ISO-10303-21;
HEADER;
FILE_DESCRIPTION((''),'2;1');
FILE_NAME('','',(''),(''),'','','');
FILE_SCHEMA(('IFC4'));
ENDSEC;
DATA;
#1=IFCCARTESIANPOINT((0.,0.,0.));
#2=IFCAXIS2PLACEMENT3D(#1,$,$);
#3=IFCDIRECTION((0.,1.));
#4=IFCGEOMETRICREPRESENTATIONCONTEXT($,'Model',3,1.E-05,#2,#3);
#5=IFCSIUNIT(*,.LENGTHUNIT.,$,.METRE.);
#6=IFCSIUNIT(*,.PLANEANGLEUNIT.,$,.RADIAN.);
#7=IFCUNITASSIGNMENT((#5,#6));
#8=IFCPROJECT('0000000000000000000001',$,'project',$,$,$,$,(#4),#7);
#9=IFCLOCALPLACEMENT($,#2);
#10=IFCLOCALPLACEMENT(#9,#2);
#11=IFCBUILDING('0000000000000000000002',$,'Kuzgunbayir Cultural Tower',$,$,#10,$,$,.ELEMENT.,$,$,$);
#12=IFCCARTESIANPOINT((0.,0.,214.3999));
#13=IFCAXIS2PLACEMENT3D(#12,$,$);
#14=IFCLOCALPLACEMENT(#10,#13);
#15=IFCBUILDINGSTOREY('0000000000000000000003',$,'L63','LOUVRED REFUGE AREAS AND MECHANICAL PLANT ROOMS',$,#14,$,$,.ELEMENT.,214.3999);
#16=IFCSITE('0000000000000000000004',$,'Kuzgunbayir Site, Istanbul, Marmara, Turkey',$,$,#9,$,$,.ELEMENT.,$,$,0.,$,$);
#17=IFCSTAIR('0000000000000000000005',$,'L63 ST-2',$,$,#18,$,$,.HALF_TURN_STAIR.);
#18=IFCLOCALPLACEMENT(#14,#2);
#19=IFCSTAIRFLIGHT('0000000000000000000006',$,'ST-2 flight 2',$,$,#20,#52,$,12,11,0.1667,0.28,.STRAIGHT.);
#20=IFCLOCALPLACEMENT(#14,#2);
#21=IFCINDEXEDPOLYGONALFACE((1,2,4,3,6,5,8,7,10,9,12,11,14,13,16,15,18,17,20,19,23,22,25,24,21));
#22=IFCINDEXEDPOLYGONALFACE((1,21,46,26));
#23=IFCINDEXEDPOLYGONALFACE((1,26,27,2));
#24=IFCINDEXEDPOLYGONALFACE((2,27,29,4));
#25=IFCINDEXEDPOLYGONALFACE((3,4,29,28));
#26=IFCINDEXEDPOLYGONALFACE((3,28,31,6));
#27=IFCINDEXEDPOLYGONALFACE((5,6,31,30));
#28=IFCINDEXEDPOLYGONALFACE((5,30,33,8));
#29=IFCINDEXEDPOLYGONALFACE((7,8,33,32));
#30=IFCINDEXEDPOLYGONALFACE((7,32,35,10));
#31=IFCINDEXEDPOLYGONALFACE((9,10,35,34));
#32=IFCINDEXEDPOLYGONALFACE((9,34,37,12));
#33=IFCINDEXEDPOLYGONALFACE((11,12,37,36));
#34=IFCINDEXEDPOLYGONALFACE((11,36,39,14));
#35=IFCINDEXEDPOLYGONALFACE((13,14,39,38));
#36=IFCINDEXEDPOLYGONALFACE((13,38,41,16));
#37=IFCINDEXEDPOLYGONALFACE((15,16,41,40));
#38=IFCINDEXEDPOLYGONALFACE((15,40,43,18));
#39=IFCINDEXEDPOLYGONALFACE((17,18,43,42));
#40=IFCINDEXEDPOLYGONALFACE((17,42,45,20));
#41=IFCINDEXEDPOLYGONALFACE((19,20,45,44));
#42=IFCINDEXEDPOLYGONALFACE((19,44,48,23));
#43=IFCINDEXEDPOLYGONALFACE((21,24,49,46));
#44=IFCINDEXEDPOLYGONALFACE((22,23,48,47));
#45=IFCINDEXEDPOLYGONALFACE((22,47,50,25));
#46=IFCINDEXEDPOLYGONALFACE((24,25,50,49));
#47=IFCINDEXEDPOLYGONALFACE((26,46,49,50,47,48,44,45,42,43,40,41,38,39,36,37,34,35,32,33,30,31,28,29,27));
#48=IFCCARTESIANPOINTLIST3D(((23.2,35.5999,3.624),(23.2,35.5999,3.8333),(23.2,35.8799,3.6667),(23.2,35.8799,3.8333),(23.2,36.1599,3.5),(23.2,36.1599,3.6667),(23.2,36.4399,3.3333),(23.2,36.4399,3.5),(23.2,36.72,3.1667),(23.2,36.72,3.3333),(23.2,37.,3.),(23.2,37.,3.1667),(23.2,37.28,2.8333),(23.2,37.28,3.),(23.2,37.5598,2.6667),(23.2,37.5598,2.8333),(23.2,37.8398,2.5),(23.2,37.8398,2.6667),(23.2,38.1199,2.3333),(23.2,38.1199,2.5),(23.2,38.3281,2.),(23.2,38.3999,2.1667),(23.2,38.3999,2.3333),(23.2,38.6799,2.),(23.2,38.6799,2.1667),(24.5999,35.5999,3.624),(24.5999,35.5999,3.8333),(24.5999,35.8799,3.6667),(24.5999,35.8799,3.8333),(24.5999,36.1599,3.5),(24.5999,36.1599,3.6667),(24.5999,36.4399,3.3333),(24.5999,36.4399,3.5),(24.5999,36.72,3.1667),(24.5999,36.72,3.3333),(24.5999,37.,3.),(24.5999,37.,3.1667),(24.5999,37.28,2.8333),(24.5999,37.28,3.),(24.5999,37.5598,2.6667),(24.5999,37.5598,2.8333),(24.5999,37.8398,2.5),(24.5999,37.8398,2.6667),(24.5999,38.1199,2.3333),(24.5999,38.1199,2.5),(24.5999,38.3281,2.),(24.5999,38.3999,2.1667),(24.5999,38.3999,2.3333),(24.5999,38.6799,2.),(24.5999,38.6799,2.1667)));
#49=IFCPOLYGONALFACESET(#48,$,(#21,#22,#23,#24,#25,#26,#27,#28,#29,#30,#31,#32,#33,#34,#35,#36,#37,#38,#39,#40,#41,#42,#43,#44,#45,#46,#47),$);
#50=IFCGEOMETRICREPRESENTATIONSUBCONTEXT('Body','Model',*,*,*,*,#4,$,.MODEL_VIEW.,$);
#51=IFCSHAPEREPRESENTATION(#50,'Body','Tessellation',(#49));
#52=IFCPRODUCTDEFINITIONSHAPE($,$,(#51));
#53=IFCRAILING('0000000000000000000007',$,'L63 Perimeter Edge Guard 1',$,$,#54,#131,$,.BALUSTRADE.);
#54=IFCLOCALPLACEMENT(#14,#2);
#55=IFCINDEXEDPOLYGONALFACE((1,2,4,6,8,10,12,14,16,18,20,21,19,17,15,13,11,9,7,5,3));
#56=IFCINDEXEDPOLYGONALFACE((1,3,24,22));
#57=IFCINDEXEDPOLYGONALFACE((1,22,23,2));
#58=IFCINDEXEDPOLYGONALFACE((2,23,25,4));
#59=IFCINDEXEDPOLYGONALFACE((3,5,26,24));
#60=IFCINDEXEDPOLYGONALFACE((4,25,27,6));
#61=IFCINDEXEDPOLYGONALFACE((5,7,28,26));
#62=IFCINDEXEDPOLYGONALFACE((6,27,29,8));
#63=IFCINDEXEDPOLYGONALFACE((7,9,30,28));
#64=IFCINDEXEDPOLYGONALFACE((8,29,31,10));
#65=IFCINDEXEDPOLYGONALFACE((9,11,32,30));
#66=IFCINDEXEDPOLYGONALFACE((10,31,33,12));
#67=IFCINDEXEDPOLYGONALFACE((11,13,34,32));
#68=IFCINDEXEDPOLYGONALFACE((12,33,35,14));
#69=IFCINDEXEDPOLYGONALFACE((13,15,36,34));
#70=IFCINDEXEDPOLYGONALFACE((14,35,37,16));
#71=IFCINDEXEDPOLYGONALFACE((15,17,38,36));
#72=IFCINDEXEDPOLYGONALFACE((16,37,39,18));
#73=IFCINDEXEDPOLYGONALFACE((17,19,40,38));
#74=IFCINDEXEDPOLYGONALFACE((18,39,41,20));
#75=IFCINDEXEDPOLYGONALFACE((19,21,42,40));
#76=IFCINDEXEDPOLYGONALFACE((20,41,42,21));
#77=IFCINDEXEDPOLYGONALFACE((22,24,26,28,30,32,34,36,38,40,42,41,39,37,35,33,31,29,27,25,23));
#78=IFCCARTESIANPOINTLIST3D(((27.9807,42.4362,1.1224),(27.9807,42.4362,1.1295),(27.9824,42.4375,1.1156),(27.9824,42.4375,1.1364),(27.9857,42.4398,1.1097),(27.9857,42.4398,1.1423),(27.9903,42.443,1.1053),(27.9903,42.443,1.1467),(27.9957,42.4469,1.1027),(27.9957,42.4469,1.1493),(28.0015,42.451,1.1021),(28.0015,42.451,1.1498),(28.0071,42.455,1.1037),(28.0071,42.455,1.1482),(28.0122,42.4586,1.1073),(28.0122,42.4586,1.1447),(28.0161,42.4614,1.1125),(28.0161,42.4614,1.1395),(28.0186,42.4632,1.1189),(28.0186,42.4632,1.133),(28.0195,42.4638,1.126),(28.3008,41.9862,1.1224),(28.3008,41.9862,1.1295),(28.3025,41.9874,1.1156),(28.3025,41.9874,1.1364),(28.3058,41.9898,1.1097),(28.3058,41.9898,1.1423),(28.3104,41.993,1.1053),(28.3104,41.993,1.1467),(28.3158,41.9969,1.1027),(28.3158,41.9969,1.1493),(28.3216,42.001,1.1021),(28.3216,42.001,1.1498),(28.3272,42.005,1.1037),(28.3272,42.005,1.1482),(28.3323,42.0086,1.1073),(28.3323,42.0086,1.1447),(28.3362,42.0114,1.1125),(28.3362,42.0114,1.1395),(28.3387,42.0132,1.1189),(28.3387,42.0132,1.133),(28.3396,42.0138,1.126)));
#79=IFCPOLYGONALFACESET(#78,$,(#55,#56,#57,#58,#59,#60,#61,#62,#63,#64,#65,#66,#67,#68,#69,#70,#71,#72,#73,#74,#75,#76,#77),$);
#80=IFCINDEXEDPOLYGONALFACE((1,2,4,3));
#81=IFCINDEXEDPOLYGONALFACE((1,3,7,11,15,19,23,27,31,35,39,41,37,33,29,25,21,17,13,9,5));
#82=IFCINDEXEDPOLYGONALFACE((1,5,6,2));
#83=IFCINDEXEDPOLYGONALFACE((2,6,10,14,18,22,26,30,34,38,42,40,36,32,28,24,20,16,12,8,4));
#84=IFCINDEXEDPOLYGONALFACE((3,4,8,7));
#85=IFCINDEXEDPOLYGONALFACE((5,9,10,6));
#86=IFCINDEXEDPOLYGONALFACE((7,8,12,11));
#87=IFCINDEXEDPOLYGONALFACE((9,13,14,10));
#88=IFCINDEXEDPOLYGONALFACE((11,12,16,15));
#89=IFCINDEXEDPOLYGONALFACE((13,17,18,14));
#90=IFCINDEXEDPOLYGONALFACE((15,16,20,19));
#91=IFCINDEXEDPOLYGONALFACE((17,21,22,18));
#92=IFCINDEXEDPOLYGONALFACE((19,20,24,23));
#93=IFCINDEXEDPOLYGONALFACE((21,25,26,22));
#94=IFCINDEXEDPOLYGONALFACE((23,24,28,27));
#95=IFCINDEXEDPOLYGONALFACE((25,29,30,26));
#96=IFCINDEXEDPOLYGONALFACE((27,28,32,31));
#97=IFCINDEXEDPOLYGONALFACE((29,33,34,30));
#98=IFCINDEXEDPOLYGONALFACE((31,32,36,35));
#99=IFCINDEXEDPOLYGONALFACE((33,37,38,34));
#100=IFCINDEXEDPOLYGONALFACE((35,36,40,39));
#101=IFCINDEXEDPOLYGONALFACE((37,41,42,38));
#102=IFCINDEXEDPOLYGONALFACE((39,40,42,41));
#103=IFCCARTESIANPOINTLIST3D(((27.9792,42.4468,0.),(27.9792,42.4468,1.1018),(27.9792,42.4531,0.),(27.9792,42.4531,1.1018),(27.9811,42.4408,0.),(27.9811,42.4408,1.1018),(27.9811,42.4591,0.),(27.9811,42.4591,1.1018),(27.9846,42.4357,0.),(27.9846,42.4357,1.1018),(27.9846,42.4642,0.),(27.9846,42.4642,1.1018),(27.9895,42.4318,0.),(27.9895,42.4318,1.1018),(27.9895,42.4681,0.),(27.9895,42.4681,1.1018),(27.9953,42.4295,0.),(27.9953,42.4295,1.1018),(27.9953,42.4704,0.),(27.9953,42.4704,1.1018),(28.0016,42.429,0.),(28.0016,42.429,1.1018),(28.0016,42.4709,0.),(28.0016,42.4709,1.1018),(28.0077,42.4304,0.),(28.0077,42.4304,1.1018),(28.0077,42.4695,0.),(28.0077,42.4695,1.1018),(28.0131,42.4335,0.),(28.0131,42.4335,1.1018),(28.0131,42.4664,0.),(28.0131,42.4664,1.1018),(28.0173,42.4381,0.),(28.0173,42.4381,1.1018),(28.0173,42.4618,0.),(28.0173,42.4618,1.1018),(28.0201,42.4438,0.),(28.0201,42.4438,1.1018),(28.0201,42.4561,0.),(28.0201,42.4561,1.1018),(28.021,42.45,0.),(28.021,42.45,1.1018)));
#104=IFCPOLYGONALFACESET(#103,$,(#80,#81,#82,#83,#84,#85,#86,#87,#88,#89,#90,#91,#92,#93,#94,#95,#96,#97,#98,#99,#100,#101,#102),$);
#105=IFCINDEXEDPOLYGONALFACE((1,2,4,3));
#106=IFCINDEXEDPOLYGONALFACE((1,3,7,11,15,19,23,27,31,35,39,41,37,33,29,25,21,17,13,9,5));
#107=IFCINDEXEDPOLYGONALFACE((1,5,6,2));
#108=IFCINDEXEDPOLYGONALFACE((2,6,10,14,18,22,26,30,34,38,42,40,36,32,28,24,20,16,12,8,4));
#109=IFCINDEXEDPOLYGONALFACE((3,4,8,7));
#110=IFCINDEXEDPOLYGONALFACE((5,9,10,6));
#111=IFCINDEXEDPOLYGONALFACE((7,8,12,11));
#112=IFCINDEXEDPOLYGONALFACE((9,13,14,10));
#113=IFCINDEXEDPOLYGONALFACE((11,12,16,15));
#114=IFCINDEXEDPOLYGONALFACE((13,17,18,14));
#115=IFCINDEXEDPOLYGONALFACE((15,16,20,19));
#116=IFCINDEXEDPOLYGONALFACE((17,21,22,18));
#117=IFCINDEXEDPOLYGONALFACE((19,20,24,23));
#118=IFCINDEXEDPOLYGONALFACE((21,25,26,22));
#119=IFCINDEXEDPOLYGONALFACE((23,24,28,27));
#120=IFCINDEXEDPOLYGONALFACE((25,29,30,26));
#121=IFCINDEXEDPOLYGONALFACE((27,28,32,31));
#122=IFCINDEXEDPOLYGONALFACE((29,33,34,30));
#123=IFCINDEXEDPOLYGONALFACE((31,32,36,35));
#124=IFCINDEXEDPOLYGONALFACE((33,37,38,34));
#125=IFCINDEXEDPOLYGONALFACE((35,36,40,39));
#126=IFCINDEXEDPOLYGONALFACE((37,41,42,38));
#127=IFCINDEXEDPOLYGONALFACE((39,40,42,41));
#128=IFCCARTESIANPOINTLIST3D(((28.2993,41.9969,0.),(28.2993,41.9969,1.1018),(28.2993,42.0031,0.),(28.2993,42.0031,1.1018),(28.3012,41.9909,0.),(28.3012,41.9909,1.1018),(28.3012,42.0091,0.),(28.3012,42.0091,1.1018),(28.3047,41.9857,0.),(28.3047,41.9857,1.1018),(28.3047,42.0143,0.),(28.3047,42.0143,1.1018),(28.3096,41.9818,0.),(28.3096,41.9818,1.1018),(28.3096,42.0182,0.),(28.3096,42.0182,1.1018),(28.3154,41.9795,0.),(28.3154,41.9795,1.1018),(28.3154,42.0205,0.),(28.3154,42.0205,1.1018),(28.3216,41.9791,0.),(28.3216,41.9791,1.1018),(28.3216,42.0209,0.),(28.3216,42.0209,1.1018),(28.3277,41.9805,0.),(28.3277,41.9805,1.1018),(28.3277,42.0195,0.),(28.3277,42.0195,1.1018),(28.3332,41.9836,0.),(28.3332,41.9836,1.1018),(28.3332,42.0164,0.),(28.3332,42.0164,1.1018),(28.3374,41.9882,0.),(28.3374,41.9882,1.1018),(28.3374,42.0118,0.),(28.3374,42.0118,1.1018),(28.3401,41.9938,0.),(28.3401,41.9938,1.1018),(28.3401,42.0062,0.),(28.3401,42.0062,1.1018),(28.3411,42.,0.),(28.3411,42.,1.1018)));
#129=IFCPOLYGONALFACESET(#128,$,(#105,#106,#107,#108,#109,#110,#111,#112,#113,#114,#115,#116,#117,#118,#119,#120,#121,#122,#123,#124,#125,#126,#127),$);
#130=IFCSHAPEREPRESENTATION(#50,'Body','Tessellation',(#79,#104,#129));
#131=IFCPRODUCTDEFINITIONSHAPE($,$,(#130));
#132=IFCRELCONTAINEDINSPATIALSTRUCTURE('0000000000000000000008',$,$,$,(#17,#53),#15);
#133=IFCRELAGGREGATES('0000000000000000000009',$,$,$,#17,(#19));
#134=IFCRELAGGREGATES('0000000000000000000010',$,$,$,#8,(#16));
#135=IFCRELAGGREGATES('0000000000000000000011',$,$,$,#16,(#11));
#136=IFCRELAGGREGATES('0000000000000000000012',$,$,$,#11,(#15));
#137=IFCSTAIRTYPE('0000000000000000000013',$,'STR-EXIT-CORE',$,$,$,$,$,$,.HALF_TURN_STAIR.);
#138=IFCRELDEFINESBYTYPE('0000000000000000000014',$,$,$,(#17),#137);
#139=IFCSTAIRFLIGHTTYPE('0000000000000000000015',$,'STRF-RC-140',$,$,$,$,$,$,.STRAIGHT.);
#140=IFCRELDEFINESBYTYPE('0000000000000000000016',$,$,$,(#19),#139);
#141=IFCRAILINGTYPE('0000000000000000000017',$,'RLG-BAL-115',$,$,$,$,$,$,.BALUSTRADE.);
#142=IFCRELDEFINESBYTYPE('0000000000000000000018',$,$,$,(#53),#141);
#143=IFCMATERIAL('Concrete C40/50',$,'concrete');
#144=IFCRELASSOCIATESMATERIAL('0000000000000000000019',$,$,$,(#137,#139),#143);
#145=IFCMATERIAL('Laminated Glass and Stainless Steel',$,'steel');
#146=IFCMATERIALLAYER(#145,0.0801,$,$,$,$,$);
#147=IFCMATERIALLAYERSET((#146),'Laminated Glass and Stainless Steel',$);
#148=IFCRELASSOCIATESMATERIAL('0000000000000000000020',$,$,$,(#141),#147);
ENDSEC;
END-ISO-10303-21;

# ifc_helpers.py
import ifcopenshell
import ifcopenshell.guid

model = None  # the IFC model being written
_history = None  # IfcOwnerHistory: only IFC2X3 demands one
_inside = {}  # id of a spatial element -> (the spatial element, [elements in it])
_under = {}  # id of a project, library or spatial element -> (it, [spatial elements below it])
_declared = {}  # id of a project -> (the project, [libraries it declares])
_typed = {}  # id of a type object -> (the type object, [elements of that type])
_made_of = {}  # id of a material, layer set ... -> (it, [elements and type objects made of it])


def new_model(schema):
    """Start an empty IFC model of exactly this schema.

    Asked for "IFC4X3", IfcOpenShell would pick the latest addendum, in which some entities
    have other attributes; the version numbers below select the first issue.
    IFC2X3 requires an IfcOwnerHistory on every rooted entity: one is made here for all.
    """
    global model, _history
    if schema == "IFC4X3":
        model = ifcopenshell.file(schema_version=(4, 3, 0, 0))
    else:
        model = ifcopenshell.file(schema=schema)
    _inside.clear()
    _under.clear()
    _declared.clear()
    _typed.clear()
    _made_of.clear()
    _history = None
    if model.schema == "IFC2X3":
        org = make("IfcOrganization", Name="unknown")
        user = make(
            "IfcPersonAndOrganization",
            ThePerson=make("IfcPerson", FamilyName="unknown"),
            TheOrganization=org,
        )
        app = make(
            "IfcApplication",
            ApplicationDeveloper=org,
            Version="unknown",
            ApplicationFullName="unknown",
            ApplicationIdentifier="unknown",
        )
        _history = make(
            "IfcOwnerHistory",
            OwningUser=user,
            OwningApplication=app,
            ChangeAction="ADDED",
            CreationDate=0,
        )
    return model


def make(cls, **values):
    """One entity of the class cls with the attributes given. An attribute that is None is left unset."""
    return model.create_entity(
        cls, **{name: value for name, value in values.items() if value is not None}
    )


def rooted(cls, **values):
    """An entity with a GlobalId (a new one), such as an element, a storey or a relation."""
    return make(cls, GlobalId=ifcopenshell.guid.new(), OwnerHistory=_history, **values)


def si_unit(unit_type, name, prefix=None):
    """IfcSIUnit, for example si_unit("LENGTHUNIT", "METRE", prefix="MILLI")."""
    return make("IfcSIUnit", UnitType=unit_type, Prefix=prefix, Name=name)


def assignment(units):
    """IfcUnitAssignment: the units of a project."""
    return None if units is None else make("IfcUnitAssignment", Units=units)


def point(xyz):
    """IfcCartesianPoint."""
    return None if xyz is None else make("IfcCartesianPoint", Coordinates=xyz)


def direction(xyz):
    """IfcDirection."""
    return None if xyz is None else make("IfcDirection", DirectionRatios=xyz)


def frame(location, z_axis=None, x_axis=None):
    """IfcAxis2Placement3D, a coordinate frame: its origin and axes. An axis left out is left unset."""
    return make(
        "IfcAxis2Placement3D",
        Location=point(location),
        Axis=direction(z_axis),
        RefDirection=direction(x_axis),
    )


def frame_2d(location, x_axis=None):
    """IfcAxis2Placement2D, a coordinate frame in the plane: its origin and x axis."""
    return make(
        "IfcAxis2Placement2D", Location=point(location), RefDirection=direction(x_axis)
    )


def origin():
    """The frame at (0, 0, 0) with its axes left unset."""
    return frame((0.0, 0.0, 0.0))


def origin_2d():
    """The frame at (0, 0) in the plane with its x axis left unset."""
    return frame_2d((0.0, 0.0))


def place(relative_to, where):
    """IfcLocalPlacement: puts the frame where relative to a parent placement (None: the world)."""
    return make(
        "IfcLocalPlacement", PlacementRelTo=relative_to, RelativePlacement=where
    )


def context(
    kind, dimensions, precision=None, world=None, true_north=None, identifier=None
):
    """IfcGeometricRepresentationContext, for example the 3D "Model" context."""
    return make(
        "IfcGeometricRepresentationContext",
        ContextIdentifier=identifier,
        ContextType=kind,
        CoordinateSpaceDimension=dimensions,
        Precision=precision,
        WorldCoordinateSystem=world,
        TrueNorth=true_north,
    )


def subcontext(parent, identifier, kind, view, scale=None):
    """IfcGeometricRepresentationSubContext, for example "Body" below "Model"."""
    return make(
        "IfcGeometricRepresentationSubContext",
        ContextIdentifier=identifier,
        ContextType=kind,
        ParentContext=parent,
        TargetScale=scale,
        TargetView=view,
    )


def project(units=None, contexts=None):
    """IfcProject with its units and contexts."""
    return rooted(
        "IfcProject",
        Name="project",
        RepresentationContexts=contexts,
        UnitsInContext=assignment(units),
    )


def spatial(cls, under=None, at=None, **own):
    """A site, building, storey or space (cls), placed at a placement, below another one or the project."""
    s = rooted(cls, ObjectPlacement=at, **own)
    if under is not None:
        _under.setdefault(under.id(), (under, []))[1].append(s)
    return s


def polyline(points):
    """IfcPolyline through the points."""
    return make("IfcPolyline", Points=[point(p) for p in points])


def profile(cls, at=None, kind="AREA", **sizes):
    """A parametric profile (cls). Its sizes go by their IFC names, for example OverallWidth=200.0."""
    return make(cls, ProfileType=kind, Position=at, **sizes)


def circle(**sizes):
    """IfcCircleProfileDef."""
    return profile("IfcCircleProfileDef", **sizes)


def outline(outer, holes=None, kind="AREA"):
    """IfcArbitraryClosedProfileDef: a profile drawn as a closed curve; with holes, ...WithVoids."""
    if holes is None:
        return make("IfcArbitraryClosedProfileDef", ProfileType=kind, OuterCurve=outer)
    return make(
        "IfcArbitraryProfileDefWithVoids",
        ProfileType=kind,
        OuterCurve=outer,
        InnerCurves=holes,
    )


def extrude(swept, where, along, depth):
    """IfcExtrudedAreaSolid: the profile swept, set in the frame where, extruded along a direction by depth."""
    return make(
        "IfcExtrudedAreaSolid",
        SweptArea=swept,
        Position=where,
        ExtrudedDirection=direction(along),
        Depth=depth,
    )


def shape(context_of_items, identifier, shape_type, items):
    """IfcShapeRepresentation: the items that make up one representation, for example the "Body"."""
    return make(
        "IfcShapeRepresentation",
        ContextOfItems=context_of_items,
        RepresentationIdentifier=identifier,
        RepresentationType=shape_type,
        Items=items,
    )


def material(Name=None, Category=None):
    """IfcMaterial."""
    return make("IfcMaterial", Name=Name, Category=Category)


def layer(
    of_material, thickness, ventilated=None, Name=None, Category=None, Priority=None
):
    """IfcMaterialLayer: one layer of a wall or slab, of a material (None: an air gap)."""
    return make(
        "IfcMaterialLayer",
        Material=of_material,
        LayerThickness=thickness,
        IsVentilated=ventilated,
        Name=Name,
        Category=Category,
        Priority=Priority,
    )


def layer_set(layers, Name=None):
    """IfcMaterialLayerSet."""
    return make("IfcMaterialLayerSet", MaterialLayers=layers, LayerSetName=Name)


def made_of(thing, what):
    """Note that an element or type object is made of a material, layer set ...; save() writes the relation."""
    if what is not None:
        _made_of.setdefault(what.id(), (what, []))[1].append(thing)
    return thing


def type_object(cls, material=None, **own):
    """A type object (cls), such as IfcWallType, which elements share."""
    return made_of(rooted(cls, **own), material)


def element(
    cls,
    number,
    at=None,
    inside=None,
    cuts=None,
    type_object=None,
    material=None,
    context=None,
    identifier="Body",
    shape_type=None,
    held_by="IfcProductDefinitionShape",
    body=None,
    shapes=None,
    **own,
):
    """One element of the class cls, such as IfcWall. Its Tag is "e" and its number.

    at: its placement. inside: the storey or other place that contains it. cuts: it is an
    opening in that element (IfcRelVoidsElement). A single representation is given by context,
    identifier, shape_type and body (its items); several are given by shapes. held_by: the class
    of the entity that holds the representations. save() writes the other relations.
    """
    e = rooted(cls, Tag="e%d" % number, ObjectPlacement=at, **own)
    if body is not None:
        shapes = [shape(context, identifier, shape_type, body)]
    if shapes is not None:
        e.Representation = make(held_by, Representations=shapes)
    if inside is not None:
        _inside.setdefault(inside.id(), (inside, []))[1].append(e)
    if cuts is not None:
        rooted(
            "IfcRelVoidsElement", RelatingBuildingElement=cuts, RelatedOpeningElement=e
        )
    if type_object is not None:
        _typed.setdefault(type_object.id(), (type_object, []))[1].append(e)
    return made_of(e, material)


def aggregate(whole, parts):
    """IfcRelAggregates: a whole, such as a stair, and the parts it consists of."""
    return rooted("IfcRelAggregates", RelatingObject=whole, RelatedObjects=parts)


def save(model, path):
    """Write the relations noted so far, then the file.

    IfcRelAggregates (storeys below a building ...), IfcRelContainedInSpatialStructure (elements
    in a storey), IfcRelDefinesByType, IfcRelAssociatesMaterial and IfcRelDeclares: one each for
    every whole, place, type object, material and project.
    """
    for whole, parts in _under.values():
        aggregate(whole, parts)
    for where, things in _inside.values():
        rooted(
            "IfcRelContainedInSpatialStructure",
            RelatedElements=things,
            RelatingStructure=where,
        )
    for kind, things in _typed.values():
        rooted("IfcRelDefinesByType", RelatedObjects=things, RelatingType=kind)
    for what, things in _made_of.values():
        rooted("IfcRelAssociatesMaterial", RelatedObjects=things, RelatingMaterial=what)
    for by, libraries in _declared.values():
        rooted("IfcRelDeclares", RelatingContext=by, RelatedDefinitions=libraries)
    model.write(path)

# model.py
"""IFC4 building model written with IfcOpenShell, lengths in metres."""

from ifc_helpers import new_model, si_unit, direction, frame, origin, origin_2d, place, context, subcontext, project, spatial, polyline, circle, outline, extrude, material, layer, layer_set, type_object, element, aggregate, save


model = new_model("IFC4")

# Units and contexts
model_context = context("Model", 3, precision=1e-05, world=origin(), true_north=direction((0.0, 1.0)))
body_context = subcontext(model_context, "Body", "Model", "MODEL_VIEW")
ifc_project = project(units=[si_unit("LENGTHUNIT", "METRE"), si_unit("PLANEANGLEUNIT", "RADIAN")], contexts=[model_context])

# Site, building, storey
site_placement = place(None, origin())
site = spatial("IfcSite", under=ifc_project, at=site_placement, Name="Kuzgunbayir Site, Istanbul, Marmara, Turkey", CompositionType="ELEMENT", RefElevation=0.0)
building_placement = place(site_placement, origin())
building = spatial("IfcBuilding", under=site, at=building_placement, Name="Kuzgunbayir Cultural Tower", CompositionType="ELEMENT")
storey_placement = place(building_placement, frame((0.0, 0.0, 214.3999)))
storey = spatial("IfcBuildingStorey", under=building, at=storey_placement, Name="L63", Description="LOUVRED REFUGE AREAS AND MECHANICAL PLANT ROOMS", CompositionType="ELEMENT", Elevation=214.3999)

# Shared definitions
ifc_material_1 = material(Name="Concrete C40/50", Category="concrete")

# Stair, stair flight
stair_type = type_object("IfcStairType", Name="STR-EXIT-CORE", PredefinedType="HALF_TURN_STAIR", material=ifc_material_1)
stair_placement = place(storey_placement, origin())
stair = element("IfcStair", 1, at=stair_placement, inside=storey, type_object=stair_type, Name="L63 ST-2", PredefinedType="HALF_TURN_STAIR")
stair_flight_type = type_object("IfcStairFlightType", Name="STRF-RC-140", PredefinedType="STRAIGHT", material=ifc_material_1)
stair_flight_1_placement = place(storey_placement, frame((23.8999, 38.6799, 2.0), z_axis=(0.0, 0.0, 1.0), x_axis=(0.0, -1.0, 0.0)))
stair_flight_1 = element("IfcStairFlight", 2, at=stair_flight_1_placement, type_object=stair_flight_type, Name="ST-2 flight 2", NumberOfRisers=12, NumberOfTreads=11, PredefinedType="STRAIGHT", RiserHeight=0.1667, TreadLength=0.28, context=body_context, shape_type="SweptSolid", body=[
    extrude(outline(polyline([(0.0, 0.0), (0.0, 0.1667), (0.28, 0.1667), (0.28, 0.3333), (0.5601, 0.3333), (0.5601, 0.5), (0.8401, 0.5), (0.8401, 0.6667), (1.1201, 0.6667), (1.1201, 0.8333), (1.3999, 0.8333), (1.3999, 1.0), (1.6799, 1.0), (1.6799, 1.1667), (1.96, 1.1667), (1.96, 1.3333), (2.24, 1.3333), (2.24, 1.5), (2.52, 1.5), (2.52, 1.6667), (2.8, 1.6667), (2.8, 1.8333), (3.0801, 1.8333), (3.0801, 2.0), (3.0801, 1.624), (0.3518, 0.0), (0.0, 0.0)])), frame((0.0, 0.7, 0.0), z_axis=(0.0, -1.0, 0.0), x_axis=(1.0, 0.0, 0.0)), (0.0, 0.0, 1.0), 1.3999),
])
aggregate(stair, [stair_flight_1])

# Railing
ifc_material_2 = material(Name="Laminated Glass and Stainless Steel", Category="steel")
ifc_layer_1 = layer(ifc_material_2, 0.0801)
ifc_layer_set_1 = layer_set([ifc_layer_1], Name="Laminated Glass and Stainless Steel")
railing_type_1 = type_object("IfcRailingType", Name="RLG-BAL-115", PredefinedType="BALUSTRADE", material=ifc_layer_set_1)
railing_1_placement = place(storey_placement, frame((28.0, 42.45, 0.0)))
element("IfcRailing", 3, at=railing_1_placement, inside=storey, type_object=railing_type_1, Name="L63 Perimeter Edge Guard 1", PredefinedType="BALUSTRADE", context=body_context, shape_type="SweptSolid", body=[
    extrude(circle(Radius=0.0239, at=origin_2d()), frame((0.0, 0.0, 1.126), z_axis=(0.579648, -0.814867, 0.0), x_axis=(0.814867, 0.579648, 0.0)), (0.0, 0.0, 1.0), 0.5522),
    extrude(circle(Radius=0.021, at=origin_2d()), origin(), (0.0, 0.0, 1.0), 1.1018),
    extrude(circle(Radius=0.021, at=origin_2d()), frame((0.3201, -0.45, 0.0)), (0.0, 0.0, 1.0), 1.1018),
])

save(model, "model.ifc")
